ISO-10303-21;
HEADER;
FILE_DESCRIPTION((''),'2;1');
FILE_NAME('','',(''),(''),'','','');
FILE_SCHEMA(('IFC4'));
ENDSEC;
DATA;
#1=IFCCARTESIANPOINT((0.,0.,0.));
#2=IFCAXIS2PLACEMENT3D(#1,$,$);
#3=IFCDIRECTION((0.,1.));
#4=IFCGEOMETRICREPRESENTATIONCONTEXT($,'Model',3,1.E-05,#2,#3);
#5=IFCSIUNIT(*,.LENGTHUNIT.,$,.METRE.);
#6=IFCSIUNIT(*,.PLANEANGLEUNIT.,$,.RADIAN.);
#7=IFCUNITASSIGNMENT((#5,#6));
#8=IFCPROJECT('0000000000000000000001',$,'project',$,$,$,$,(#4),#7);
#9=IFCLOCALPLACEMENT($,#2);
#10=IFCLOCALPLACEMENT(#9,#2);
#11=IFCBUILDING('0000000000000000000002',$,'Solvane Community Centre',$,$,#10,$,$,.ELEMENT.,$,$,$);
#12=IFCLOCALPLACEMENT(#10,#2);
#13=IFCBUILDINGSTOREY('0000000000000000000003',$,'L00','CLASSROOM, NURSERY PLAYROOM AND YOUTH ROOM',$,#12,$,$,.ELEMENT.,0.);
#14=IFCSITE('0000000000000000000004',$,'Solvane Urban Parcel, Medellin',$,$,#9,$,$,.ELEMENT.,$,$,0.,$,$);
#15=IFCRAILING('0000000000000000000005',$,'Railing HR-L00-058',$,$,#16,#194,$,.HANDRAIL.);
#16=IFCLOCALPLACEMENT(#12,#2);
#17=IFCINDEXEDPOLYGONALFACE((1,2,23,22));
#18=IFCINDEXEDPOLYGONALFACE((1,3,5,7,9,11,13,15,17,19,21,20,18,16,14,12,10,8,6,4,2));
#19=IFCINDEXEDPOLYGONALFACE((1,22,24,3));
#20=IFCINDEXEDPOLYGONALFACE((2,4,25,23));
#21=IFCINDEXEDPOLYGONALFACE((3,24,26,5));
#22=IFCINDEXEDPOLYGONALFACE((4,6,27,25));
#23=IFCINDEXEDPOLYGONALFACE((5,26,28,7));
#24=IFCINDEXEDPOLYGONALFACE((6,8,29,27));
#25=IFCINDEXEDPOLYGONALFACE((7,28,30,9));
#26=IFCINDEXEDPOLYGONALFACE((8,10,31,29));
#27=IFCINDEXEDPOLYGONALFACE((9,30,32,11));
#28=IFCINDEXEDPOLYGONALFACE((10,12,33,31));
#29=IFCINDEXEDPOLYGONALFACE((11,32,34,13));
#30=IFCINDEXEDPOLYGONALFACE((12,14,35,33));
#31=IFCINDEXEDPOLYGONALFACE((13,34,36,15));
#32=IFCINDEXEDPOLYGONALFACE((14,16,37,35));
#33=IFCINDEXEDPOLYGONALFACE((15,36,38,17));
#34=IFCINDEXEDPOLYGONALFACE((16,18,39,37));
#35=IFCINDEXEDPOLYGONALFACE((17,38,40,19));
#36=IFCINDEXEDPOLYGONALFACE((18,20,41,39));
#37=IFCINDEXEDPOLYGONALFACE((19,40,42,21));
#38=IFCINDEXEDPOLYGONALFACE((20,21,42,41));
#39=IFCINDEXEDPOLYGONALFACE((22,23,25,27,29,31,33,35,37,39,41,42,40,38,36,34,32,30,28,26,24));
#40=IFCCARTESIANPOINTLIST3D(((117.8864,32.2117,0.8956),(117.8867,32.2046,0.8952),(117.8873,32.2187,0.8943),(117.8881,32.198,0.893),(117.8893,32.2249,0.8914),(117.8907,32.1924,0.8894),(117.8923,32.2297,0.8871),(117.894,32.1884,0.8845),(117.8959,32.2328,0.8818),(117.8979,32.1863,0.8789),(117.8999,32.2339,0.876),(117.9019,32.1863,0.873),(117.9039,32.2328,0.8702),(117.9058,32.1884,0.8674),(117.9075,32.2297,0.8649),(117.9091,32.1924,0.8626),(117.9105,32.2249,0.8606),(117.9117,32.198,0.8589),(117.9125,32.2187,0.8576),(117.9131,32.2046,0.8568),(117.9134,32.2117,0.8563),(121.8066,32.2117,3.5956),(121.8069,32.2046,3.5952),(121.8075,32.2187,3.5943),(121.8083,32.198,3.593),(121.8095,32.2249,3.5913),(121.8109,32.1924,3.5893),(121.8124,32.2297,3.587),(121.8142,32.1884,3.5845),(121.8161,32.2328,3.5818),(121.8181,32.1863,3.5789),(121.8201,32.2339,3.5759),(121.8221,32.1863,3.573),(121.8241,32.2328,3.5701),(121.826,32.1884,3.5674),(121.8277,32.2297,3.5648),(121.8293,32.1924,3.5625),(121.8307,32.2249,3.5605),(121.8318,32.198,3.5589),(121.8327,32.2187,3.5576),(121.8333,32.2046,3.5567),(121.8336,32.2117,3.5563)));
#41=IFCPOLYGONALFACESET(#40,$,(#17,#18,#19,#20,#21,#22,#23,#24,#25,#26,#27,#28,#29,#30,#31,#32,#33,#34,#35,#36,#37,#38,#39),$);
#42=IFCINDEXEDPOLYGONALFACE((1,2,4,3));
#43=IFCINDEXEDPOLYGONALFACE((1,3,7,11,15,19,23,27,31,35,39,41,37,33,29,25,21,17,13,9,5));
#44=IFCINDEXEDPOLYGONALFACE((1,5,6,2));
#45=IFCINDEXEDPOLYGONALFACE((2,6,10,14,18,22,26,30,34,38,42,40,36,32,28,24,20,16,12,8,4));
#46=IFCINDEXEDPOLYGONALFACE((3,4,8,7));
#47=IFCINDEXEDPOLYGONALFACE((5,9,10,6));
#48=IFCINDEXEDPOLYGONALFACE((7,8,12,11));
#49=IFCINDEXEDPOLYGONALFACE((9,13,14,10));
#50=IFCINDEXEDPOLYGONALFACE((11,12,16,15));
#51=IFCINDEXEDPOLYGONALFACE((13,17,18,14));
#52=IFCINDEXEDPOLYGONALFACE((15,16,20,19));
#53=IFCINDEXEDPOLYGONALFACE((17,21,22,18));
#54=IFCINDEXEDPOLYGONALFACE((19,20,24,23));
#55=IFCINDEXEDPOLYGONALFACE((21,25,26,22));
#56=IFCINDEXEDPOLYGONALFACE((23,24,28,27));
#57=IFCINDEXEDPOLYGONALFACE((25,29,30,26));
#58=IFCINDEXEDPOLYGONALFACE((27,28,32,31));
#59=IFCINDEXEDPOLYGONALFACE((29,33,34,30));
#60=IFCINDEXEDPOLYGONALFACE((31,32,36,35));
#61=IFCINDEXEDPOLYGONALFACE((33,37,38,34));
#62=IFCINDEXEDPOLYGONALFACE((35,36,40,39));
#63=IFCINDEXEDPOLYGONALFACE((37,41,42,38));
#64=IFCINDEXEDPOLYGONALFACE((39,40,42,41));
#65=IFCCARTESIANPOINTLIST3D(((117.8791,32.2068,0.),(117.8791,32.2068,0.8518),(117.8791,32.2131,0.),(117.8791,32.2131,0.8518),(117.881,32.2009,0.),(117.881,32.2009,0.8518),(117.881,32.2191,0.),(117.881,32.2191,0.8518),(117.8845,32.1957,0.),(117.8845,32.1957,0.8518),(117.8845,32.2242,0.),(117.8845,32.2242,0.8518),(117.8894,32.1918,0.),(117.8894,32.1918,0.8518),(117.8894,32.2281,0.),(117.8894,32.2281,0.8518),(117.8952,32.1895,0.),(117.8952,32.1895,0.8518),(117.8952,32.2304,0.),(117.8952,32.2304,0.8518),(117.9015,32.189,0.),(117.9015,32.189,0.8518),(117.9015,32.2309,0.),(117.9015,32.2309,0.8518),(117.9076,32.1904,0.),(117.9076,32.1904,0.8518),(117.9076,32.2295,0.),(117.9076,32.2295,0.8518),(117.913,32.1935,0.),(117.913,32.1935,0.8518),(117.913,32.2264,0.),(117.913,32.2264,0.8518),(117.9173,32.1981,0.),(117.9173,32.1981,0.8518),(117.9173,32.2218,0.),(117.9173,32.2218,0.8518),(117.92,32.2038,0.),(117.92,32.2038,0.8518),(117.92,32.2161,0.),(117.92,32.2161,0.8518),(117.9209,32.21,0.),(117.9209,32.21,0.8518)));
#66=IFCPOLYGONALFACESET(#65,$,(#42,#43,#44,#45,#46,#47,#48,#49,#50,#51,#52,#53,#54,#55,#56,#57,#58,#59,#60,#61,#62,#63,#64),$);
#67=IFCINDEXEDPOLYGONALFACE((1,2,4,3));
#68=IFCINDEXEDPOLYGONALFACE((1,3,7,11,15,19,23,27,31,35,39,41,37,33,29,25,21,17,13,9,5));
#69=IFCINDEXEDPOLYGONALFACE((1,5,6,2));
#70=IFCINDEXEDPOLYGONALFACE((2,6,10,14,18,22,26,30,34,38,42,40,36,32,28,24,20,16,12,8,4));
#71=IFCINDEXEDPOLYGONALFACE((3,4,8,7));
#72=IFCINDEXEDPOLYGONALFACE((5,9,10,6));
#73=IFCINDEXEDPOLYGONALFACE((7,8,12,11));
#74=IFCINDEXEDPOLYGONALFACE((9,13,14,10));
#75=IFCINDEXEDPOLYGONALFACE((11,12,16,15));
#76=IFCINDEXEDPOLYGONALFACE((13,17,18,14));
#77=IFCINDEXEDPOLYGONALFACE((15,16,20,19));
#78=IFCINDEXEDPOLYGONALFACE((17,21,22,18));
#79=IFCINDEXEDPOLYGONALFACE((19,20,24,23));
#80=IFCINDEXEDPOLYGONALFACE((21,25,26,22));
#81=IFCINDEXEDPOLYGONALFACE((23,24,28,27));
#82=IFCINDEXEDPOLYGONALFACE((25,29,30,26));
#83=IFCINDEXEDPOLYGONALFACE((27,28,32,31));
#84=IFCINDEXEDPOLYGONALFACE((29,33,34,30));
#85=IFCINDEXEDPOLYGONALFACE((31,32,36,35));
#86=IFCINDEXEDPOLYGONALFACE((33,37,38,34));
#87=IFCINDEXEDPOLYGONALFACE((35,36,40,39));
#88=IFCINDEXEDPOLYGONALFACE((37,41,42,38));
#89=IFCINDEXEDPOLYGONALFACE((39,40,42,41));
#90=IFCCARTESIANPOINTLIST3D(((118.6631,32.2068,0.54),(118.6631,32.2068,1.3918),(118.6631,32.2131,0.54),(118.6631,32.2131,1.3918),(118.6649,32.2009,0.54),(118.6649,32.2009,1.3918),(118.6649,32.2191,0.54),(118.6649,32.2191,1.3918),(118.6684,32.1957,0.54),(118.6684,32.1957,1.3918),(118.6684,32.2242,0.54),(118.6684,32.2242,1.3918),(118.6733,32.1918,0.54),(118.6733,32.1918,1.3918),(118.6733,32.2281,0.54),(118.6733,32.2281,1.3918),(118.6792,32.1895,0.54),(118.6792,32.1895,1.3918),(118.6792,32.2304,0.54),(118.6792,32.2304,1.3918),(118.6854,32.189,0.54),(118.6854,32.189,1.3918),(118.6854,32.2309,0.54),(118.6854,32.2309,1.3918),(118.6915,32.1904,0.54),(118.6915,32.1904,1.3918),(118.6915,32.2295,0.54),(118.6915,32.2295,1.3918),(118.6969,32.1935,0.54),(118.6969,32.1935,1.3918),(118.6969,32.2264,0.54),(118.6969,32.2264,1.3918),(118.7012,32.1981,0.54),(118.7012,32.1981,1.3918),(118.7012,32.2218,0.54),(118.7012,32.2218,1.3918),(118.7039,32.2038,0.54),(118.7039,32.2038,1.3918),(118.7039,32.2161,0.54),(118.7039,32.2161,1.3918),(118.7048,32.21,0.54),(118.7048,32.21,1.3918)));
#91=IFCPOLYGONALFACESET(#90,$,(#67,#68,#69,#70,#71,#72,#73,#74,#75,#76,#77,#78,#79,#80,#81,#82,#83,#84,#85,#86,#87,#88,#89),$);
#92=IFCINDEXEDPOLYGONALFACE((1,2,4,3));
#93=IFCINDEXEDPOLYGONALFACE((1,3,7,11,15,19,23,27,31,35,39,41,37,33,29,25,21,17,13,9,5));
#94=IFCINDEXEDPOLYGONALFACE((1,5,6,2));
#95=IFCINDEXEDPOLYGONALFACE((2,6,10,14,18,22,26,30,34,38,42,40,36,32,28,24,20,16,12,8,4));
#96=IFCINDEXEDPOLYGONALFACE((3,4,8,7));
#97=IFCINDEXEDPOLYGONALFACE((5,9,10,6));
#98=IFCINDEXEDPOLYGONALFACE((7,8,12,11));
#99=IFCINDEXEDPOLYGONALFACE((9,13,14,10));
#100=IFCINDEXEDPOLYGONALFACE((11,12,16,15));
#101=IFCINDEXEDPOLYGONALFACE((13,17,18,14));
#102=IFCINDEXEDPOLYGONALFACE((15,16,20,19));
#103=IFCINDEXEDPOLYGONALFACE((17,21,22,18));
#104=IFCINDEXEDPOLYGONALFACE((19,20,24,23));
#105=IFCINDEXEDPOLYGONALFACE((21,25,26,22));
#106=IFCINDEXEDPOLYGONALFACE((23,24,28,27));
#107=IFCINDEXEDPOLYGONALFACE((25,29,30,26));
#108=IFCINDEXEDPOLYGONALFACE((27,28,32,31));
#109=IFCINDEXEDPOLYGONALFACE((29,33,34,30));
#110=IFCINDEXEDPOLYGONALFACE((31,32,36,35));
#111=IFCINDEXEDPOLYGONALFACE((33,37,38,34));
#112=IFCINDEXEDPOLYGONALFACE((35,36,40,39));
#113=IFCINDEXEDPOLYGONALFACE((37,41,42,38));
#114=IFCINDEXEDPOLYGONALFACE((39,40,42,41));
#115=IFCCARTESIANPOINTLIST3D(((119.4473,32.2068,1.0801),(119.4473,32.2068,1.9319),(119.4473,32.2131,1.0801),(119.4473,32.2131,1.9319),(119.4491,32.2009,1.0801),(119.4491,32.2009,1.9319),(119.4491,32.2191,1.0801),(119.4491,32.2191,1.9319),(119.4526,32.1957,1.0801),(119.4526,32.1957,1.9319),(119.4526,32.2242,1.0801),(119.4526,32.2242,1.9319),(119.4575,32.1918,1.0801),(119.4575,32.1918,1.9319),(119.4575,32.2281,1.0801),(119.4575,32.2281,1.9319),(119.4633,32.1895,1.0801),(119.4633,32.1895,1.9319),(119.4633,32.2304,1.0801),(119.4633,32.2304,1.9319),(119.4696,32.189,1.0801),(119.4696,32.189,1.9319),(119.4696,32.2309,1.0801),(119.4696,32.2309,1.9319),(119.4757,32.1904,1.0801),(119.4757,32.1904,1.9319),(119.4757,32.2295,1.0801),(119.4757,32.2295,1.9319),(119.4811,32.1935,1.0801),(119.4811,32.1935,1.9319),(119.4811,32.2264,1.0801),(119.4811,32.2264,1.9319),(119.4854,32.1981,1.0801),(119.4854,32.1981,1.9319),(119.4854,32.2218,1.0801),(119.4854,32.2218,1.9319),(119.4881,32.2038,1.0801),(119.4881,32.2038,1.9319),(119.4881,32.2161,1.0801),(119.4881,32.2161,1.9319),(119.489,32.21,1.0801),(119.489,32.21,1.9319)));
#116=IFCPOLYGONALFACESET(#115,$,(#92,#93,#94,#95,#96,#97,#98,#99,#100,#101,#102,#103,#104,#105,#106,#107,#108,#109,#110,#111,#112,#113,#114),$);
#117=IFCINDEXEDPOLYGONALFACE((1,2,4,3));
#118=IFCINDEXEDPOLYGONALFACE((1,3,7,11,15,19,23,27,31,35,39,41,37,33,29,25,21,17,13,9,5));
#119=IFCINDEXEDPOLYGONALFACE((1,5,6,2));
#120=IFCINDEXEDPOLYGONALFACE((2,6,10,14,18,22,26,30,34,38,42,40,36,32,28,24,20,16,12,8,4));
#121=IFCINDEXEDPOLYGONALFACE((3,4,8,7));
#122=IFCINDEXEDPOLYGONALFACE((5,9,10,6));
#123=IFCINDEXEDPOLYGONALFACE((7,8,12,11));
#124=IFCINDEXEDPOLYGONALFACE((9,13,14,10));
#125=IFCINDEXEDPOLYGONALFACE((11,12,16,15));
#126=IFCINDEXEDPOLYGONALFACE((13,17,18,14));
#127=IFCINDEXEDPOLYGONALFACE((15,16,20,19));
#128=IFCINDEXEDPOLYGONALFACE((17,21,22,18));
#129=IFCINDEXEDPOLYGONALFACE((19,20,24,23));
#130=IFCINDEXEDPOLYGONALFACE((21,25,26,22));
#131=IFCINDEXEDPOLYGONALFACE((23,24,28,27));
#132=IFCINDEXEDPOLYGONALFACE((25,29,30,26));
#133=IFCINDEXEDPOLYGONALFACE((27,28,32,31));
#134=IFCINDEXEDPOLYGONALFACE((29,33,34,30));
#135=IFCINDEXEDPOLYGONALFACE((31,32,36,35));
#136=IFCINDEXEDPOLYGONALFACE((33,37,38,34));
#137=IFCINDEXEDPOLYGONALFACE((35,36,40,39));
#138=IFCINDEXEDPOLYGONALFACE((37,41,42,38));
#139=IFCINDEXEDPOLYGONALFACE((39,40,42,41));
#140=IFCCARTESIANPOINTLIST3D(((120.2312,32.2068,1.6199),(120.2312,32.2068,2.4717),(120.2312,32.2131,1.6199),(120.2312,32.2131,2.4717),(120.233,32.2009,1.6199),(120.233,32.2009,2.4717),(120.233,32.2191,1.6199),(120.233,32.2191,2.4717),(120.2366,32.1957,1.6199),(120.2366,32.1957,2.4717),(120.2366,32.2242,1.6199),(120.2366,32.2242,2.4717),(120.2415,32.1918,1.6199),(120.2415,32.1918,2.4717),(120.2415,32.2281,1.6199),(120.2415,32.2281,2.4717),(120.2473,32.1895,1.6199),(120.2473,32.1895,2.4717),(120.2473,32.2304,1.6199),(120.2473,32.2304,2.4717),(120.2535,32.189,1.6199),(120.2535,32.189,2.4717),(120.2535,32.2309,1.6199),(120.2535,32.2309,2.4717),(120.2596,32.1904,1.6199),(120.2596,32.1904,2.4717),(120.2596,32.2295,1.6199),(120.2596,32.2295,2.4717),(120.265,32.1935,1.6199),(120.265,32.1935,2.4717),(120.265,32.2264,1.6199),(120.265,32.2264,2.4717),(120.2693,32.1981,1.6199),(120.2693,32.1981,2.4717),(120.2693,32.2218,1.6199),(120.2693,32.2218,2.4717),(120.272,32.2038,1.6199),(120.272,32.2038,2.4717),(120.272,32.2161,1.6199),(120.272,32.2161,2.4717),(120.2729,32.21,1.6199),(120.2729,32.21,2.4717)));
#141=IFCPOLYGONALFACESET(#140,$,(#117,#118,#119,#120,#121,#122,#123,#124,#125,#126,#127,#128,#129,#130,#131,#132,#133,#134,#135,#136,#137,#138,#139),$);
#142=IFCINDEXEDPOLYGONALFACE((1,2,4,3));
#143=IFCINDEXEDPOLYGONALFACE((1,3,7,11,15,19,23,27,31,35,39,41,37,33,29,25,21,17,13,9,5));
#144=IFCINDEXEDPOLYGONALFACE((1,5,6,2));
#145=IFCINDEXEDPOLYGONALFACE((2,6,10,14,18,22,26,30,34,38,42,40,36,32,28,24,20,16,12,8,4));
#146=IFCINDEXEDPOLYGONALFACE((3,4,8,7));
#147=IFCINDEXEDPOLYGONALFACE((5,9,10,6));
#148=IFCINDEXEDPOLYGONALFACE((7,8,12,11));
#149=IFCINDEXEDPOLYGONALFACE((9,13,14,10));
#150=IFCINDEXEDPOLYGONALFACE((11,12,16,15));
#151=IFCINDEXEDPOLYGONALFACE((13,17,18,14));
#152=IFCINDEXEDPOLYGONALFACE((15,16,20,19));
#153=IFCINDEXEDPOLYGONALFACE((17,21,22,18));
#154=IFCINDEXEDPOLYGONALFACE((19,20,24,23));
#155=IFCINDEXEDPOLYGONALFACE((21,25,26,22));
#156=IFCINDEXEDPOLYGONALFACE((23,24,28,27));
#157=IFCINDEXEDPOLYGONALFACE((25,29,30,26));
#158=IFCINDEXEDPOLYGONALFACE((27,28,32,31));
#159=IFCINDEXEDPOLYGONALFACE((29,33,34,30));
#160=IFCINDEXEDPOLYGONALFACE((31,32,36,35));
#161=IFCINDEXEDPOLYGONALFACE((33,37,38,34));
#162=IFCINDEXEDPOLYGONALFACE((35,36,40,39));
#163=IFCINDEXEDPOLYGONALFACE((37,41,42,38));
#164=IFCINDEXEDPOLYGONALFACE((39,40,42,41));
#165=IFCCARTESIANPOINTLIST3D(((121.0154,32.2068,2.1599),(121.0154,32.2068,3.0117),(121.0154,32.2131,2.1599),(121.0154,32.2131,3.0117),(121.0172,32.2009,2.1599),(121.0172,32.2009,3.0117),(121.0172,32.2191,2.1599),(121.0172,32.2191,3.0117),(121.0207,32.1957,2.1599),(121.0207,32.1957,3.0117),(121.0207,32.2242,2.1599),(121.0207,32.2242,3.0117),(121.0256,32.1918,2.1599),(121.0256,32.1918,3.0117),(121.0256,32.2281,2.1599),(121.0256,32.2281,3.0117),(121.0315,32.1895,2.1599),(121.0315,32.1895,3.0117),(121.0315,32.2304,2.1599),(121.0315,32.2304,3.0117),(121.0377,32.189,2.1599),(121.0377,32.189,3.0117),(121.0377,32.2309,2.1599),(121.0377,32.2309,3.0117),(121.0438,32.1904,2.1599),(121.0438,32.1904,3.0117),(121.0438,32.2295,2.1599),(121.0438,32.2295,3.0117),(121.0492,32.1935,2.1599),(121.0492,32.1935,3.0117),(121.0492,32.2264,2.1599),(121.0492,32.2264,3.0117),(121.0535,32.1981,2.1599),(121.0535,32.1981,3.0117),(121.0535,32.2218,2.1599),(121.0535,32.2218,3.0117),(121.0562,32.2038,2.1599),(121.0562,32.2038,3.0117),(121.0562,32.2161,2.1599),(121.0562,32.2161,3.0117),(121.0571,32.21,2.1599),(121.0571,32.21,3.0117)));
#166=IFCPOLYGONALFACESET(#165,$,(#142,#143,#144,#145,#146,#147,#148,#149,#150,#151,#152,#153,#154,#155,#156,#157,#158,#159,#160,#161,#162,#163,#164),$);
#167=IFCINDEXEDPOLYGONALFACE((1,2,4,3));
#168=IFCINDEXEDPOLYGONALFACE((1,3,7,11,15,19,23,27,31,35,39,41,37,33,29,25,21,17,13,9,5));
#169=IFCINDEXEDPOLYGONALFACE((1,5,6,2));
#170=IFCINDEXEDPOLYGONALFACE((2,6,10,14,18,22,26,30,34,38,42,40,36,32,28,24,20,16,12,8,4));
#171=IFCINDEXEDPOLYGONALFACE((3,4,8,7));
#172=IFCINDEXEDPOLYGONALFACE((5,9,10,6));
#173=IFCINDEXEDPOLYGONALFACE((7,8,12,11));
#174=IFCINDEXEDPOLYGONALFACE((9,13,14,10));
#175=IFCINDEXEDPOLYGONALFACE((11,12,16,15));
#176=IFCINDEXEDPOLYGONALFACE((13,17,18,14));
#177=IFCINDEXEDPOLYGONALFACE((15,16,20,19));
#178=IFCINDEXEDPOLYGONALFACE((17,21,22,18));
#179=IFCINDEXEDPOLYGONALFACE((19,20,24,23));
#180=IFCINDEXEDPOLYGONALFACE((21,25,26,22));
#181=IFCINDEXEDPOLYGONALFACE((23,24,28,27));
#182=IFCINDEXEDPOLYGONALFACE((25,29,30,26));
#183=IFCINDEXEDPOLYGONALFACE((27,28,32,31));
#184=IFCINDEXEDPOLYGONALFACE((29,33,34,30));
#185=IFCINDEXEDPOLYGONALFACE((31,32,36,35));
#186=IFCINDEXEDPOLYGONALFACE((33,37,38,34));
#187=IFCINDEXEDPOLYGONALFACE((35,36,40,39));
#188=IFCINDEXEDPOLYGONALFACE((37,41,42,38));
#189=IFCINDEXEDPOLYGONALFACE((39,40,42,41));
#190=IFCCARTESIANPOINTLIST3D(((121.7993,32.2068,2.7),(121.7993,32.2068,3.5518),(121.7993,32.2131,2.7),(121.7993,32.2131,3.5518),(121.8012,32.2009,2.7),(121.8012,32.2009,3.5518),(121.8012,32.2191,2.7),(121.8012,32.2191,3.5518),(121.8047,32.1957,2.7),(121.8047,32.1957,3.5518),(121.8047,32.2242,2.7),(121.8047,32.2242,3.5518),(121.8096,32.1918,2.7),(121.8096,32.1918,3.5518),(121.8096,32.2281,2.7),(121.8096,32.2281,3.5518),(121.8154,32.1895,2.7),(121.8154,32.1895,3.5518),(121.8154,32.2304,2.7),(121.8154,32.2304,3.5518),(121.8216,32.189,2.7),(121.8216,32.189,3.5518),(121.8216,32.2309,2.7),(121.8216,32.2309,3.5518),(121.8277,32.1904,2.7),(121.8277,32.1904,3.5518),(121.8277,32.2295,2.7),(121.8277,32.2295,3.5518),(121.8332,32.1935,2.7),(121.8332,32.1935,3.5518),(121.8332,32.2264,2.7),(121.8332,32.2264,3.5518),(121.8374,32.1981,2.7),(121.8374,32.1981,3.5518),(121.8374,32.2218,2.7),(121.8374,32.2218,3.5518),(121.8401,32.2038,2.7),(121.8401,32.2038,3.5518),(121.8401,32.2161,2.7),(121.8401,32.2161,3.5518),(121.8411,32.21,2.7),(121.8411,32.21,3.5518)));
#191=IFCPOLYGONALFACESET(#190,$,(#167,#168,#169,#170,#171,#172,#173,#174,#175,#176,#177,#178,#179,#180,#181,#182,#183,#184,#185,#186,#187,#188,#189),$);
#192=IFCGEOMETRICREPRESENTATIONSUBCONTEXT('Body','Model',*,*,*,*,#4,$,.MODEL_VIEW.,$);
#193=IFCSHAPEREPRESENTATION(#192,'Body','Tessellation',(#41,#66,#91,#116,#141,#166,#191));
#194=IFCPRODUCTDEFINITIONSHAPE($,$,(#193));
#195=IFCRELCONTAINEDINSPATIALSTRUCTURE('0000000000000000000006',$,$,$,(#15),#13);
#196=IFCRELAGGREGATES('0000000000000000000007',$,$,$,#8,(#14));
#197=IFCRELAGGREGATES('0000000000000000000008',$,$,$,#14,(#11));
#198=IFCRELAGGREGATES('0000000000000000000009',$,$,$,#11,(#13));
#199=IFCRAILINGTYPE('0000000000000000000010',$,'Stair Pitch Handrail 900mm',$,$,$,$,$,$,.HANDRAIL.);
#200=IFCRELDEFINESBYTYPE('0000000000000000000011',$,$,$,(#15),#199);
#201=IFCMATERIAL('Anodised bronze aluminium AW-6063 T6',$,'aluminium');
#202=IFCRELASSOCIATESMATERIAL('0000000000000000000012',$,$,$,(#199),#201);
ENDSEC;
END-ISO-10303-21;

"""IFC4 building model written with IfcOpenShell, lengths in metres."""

from ifc_helpers import new_model, si_unit, direction, frame, origin, origin_2d, place, context, subcontext, project, spatial, circle, extrude, material, type_object, element, save


model = new_model("IFC4")

# Units and contexts
model_context = context("Model", 3, precision=1e-05, world=origin(), true_north=direction((0.0, 1.0)))
body_context = subcontext(model_context, "Body", "Model", "MODEL_VIEW")
ifc_project = project(units=[si_unit("LENGTHUNIT", "METRE"), si_unit("PLANEANGLEUNIT", "RADIAN")], contexts=[model_context])

# Site, building, storey
site_placement = place(None, origin())
site = spatial("IfcSite", under=ifc_project, at=site_placement, Name="Solvane Urban Parcel, Medellin", CompositionType="ELEMENT", RefElevation=0.0)
building_placement = place(site_placement, origin())
building = spatial("IfcBuilding", under=site, at=building_placement, Name="Solvane Community Centre", CompositionType="ELEMENT")
storey_placement = place(building_placement, origin())
storey = spatial("IfcBuildingStorey", under=building, at=storey_placement, Name="L00", Description="CLASSROOM, NURSERY PLAYROOM AND YOUTH ROOM", CompositionType="ELEMENT", Elevation=0.0)

# Railing
ifc_material_1 = material(Name="Anodised bronze aluminium AW-6063 T6", Category="aluminium")
railing_type_1 = type_object("IfcRailingType", Name="Stair Pitch Handrail 900mm", PredefinedType="HANDRAIL", material=ifc_material_1)
railing_1_placement = place(storey_placement, frame((117.8999, 32.21, 0.0)))
element("IfcRailing", 1, at=railing_1_placement, inside=storey, type_object=railing_type_1, Name="Railing HR-L00-058", PredefinedType="HANDRAIL", context=body_context, shape_type="SweptSolid", body=[
    extrude(circle(Radius=0.0239, at=origin_2d()), frame((0.0, 0.0, 0.876), z_axis=(0.823567, 0.0, 0.567219), x_axis=(0.0, 1.0, 0.0)), (0.0, 0.0, 1.0), 4.76),
    extrude(circle(Radius=0.021, at=origin_2d()), origin(), (0.0, 0.0, 1.0), 0.8518),
    extrude(circle(Radius=0.021, at=origin_2d()), frame((0.7839, 0.0, 0.54)), (0.0, 0.0, 1.0), 0.8518),
    extrude(circle(Radius=0.021, at=origin_2d()), frame((1.5681, 0.0, 1.0801)), (0.0, 0.0, 1.0), 0.8518),
    extrude(circle(Radius=0.021, at=origin_2d()), frame((2.3521, 0.0, 1.6199)), (0.0, 0.0, 1.0), 0.8518),
    extrude(circle(Radius=0.021, at=origin_2d()), frame((3.1362, 0.0, 2.1599)), (0.0, 0.0, 1.0), 0.8518),
    extrude(circle(Radius=0.021, at=origin_2d()), frame((3.9202, 0.0, 2.7)), (0.0, 0.0, 1.0), 0.8518),
])

save(model, "model.ifc")
